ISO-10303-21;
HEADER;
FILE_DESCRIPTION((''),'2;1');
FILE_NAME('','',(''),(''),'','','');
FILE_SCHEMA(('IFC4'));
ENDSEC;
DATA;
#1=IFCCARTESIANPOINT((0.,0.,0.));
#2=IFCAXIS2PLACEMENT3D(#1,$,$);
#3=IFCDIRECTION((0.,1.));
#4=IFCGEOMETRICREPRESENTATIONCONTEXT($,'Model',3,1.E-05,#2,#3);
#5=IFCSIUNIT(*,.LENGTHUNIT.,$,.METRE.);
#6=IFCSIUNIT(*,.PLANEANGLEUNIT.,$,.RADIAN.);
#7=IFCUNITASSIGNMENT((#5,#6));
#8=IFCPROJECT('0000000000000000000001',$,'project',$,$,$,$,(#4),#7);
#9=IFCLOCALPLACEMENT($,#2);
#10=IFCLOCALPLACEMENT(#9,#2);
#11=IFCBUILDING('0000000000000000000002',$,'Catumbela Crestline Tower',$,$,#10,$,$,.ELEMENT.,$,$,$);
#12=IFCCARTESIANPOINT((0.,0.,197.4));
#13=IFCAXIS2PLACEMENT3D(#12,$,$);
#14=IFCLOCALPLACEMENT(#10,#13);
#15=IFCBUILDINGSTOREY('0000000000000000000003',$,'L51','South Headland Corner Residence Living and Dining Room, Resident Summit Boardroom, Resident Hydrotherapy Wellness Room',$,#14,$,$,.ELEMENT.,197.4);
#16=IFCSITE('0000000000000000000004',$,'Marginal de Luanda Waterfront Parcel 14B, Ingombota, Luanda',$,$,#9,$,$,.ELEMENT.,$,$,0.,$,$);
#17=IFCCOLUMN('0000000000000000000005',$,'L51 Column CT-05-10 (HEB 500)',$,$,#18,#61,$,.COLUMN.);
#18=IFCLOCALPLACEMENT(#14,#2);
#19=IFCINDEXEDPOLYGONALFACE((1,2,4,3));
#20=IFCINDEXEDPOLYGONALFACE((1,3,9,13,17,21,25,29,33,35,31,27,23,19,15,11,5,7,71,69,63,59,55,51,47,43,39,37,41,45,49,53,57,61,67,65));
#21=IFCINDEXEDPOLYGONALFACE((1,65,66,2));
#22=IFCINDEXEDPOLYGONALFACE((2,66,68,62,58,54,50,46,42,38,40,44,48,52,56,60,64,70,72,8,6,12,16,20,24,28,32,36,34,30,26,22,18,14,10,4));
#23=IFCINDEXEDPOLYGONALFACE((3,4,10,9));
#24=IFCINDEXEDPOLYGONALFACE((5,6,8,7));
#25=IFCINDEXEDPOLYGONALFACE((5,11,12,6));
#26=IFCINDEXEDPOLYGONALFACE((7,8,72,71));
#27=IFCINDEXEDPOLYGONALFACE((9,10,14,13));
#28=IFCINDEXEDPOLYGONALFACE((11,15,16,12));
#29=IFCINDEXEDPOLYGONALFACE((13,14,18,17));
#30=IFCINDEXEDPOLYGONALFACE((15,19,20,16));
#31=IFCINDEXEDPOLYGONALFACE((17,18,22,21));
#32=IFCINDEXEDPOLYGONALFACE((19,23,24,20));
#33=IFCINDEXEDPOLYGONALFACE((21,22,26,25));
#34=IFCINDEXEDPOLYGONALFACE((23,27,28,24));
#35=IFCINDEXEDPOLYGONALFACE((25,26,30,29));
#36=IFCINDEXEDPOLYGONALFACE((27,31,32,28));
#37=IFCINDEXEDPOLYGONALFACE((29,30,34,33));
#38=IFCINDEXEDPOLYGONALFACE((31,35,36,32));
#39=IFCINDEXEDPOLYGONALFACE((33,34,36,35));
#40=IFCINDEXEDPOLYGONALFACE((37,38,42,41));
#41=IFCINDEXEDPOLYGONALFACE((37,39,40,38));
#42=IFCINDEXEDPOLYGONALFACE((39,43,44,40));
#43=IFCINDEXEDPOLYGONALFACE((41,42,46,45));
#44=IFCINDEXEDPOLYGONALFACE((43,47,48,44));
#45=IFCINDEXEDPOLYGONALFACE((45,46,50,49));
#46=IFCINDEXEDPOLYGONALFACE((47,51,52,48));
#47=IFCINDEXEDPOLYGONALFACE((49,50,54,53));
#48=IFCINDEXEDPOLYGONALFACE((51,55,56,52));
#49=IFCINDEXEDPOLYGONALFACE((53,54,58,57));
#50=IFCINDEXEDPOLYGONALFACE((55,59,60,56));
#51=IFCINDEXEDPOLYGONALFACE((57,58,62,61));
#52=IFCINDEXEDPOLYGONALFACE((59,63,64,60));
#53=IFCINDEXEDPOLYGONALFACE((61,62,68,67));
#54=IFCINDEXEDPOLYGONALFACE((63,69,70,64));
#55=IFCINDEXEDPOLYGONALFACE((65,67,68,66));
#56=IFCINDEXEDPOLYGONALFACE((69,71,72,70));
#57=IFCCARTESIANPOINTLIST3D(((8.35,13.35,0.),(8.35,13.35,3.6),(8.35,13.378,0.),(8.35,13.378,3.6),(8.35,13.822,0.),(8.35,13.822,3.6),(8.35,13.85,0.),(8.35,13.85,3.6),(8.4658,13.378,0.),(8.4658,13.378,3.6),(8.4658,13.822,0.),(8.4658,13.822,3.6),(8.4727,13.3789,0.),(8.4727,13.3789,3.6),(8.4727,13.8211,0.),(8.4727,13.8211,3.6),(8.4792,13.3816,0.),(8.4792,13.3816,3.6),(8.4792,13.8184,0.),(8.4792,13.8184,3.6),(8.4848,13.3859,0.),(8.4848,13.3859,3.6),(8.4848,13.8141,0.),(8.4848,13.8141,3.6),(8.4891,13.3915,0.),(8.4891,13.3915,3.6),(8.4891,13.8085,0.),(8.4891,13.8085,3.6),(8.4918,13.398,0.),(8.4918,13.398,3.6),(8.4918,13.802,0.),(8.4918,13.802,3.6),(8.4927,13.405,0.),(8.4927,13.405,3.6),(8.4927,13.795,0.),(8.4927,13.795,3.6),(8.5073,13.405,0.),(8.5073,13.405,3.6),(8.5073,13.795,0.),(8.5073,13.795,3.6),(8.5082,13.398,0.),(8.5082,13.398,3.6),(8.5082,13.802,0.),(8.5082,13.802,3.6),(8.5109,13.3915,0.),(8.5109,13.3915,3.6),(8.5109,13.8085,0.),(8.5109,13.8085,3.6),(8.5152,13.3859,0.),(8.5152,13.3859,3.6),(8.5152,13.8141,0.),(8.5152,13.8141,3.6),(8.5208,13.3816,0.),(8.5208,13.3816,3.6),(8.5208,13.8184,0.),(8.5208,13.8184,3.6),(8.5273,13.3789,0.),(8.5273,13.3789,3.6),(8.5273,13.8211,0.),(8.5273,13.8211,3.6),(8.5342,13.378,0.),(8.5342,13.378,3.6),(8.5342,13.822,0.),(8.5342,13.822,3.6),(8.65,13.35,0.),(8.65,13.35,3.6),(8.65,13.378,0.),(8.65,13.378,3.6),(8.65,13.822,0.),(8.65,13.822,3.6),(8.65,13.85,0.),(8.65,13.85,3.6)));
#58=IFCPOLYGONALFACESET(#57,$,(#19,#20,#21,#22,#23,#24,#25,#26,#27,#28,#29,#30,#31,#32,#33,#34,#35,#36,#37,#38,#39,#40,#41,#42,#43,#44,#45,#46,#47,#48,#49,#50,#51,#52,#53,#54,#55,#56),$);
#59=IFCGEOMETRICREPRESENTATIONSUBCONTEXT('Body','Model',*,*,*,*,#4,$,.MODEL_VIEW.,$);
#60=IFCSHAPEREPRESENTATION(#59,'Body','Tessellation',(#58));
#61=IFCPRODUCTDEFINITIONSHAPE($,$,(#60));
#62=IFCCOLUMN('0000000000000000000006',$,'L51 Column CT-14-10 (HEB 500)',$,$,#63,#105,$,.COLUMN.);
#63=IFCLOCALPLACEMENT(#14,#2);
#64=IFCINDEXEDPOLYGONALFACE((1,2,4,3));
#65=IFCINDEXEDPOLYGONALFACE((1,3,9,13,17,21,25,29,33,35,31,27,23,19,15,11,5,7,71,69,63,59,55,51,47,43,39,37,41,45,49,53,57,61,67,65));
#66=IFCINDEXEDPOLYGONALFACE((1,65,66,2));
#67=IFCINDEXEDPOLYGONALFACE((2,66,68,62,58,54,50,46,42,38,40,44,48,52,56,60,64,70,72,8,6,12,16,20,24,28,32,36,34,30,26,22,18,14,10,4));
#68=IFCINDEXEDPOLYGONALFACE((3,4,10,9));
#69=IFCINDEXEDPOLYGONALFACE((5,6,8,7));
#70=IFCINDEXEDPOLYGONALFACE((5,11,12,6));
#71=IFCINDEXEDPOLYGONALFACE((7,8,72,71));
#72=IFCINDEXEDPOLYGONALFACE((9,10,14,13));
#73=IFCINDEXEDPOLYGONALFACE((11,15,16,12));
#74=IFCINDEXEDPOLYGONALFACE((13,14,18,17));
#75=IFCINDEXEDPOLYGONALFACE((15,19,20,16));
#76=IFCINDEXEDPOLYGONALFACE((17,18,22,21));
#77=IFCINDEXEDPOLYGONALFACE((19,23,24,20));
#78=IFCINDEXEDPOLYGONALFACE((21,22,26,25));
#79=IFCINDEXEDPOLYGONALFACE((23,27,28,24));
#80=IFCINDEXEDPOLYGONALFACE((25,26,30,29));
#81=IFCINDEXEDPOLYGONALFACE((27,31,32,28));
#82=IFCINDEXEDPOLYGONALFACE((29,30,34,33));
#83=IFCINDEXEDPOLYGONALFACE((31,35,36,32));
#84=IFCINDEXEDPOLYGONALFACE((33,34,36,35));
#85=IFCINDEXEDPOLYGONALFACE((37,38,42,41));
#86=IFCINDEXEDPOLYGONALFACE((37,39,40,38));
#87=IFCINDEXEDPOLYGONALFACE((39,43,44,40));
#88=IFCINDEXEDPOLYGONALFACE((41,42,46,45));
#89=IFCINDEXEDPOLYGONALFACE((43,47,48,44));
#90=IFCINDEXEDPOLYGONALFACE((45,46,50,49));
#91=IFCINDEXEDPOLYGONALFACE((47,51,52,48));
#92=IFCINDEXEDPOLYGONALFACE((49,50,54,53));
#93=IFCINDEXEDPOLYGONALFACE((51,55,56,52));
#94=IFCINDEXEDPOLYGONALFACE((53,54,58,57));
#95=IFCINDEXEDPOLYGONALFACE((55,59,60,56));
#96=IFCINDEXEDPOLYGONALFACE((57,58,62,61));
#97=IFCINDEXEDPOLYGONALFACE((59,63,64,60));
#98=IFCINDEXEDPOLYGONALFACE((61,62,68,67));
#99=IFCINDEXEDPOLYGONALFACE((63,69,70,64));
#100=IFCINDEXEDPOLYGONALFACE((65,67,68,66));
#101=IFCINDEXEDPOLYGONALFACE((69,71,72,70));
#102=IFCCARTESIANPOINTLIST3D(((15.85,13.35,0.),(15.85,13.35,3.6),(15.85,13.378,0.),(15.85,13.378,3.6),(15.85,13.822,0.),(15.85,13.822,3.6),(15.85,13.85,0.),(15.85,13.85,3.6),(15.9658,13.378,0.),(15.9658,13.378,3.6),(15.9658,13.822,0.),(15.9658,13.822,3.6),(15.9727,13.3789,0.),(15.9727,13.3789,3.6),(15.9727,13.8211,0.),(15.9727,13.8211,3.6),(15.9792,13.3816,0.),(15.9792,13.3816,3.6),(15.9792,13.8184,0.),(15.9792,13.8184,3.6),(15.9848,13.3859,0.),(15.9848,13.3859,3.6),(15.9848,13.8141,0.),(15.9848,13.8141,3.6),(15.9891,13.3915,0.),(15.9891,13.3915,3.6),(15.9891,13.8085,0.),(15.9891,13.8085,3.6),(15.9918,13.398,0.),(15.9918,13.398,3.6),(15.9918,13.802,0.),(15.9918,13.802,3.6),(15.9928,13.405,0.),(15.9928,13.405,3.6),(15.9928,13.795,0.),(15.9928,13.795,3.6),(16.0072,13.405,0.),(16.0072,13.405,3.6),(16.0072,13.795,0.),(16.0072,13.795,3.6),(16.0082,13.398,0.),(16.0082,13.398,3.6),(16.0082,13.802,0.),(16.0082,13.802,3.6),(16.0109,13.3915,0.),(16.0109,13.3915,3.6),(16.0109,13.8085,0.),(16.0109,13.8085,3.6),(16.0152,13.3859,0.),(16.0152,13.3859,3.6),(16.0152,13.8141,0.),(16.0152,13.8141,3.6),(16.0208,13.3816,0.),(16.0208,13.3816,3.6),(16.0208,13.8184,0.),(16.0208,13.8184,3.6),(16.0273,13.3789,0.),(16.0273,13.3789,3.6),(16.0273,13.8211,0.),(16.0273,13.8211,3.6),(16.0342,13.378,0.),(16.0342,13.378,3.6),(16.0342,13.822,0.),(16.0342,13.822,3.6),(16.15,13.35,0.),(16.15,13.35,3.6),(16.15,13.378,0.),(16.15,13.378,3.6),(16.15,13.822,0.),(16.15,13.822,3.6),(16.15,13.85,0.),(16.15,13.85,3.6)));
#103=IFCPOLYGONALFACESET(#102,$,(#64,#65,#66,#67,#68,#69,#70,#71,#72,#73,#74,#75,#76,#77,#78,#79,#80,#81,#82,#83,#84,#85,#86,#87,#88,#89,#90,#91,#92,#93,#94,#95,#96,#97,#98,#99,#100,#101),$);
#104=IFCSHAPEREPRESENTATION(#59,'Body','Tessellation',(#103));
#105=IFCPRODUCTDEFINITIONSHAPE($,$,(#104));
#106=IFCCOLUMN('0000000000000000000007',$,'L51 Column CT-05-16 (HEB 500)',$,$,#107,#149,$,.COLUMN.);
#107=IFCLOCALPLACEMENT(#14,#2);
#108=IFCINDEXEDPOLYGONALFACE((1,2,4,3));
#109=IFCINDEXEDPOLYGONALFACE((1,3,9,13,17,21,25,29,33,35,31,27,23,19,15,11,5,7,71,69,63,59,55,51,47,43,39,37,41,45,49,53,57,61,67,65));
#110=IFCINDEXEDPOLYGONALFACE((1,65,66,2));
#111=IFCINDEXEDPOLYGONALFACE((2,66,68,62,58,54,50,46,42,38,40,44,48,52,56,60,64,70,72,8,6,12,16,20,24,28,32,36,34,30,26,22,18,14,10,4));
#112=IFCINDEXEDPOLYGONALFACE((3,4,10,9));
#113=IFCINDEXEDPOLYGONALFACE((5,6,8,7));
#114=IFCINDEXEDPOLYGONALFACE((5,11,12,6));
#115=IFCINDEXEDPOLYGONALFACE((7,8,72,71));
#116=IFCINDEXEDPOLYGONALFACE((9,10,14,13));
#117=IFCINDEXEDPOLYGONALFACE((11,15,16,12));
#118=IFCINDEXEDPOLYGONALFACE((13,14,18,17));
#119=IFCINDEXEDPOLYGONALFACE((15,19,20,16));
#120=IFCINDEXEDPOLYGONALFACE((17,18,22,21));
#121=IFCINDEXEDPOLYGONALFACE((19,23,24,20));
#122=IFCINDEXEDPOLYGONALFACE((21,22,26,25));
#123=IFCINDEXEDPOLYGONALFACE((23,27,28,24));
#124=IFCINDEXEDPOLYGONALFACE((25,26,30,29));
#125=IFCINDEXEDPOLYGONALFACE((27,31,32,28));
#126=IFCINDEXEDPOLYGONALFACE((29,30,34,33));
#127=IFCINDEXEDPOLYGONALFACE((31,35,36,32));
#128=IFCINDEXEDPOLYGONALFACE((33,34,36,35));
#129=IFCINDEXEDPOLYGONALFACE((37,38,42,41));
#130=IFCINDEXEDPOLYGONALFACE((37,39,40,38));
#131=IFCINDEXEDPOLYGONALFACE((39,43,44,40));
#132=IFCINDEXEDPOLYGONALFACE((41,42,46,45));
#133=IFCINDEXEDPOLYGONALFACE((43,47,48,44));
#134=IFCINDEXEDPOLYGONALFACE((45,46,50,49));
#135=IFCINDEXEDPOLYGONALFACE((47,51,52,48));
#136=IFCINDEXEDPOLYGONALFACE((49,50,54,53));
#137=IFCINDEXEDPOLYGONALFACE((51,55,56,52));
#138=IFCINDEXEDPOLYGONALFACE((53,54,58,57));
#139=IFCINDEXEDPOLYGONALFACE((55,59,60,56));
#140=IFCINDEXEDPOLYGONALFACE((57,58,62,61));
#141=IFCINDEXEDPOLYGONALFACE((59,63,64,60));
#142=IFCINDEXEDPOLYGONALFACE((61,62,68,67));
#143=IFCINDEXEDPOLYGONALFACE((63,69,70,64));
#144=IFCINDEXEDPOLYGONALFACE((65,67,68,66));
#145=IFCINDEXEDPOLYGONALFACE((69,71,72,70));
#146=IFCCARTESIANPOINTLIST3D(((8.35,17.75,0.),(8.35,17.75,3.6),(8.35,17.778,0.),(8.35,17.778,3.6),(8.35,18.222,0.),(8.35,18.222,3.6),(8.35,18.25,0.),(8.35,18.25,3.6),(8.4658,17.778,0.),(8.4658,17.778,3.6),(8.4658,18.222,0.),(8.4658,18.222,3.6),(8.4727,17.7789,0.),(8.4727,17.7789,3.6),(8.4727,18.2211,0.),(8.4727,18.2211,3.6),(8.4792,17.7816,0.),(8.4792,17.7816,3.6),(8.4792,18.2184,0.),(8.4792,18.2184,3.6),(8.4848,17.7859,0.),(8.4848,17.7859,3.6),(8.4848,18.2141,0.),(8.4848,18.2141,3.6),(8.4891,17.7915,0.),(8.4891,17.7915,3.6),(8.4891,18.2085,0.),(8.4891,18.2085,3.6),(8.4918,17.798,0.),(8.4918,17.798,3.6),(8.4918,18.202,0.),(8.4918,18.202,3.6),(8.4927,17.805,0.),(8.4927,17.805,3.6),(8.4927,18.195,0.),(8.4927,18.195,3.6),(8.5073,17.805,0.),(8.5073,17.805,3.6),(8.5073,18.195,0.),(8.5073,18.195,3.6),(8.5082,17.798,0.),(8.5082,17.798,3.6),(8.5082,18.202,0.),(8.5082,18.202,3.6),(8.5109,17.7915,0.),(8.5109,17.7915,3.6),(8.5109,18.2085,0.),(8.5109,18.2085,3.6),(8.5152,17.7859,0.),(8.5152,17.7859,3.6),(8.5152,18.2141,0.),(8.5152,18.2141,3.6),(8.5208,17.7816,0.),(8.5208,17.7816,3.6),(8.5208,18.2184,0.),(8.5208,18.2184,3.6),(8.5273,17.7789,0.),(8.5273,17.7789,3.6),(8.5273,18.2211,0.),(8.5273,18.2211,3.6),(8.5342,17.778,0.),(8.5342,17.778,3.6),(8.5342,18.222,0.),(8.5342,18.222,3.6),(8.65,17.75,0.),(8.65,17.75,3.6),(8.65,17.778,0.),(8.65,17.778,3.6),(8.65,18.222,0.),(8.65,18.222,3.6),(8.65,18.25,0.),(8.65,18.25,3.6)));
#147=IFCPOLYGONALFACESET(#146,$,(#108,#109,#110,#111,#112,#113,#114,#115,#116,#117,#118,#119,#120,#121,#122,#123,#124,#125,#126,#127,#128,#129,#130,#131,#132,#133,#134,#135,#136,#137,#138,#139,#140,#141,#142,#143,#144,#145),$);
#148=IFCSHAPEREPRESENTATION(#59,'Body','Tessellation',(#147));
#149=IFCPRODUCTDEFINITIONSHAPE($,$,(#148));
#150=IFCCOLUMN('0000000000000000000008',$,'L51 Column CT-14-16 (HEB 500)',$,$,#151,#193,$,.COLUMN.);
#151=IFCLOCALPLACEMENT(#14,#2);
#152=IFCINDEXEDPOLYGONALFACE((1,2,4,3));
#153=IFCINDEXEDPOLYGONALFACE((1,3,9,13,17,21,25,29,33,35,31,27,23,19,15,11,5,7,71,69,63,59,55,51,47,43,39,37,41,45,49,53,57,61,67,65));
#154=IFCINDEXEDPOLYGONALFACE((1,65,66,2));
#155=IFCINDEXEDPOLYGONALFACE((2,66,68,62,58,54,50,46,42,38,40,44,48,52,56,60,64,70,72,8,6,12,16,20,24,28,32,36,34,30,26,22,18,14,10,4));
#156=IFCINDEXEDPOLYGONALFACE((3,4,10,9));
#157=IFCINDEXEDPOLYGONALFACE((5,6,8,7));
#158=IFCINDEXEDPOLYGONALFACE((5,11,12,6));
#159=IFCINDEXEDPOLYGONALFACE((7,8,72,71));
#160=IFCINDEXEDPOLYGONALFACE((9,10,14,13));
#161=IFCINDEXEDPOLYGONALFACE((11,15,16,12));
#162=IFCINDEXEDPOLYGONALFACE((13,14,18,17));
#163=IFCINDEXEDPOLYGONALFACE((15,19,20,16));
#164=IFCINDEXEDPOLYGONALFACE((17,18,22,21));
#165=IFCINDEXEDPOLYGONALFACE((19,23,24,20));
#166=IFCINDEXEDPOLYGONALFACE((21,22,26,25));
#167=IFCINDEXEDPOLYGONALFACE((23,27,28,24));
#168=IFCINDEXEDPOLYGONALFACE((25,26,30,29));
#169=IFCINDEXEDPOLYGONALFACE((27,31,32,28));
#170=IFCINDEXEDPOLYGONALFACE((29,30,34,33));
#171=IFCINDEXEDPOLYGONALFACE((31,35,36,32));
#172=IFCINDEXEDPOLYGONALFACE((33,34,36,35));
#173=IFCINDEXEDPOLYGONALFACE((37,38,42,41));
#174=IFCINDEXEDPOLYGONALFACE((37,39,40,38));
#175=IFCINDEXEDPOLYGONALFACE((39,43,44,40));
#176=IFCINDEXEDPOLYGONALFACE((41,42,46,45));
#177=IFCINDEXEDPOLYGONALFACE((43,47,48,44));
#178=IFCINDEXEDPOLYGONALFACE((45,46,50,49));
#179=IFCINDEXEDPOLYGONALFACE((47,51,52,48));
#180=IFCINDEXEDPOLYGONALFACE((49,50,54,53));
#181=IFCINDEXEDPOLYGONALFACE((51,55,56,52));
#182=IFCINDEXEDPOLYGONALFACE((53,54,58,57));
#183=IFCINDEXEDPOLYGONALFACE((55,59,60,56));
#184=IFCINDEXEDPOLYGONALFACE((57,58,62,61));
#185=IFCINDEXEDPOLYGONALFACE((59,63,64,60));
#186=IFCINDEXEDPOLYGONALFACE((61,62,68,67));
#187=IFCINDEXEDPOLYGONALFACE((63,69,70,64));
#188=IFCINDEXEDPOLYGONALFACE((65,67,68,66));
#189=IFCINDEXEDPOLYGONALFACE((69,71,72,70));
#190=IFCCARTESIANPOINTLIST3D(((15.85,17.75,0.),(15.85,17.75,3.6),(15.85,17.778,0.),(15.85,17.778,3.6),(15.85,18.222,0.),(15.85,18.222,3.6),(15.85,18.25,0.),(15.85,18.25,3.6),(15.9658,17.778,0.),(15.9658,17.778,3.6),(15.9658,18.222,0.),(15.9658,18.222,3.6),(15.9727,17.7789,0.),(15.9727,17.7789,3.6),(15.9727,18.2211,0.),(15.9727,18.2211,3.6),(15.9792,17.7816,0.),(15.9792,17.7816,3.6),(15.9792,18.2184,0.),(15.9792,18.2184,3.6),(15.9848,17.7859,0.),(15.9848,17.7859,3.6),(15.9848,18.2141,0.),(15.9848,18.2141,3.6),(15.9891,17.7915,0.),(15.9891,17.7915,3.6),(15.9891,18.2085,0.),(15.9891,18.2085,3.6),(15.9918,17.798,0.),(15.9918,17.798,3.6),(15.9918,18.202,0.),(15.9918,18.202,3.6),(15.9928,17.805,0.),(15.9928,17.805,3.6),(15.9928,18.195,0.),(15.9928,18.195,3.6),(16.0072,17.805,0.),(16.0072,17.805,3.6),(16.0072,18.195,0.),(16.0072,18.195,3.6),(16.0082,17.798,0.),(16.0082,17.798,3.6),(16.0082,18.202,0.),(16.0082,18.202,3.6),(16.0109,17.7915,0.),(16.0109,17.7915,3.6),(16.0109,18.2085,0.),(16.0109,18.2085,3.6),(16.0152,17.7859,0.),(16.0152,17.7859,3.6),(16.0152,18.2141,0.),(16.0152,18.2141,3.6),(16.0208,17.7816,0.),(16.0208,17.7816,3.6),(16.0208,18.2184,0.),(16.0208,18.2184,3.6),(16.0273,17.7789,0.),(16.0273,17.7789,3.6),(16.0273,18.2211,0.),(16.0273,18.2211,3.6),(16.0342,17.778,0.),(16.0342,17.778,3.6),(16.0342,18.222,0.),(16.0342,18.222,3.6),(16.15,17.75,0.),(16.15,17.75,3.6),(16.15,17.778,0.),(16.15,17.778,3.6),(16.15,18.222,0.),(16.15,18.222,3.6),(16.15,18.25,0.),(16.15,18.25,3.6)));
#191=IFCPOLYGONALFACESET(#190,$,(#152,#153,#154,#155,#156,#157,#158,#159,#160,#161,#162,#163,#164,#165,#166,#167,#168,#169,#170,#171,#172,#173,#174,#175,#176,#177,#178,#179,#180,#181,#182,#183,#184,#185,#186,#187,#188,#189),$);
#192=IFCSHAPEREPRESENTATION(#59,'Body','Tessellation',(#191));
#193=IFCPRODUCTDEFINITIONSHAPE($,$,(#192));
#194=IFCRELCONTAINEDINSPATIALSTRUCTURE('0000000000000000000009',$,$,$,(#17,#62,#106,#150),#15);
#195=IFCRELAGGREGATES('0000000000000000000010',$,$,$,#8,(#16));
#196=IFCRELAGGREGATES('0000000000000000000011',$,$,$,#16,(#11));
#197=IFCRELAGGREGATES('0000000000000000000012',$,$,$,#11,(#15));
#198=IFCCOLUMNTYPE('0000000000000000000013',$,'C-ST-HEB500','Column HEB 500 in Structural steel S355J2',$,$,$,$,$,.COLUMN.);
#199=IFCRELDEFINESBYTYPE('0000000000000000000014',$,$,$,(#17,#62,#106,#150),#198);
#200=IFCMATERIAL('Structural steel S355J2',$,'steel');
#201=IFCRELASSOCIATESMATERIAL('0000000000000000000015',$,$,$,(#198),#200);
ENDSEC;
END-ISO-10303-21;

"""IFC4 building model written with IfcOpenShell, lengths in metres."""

from ifc_helpers import new_model, si_unit, direction, frame, origin, origin_2d, place, context, subcontext, project, spatial, i_section, extrude, material, material_profile, profile_set, type_object, element, save


model = new_model("IFC4")

# Units and contexts
model_context = context("Model", 3, precision=1e-05, world=origin(), true_north=direction((0.0, 1.0)))
body_context = subcontext(model_context, "Body", "Model", "MODEL_VIEW")
ifc_project = project(units=[si_unit("LENGTHUNIT", "METRE"), si_unit("PLANEANGLEUNIT", "RADIAN")], contexts=[model_context])

# Site, building, storey
site_placement = place(None, origin())
site = spatial("IfcSite", under=ifc_project, at=site_placement, Name="Marginal de Luanda Waterfront Parcel 14B, Ingombota, Luanda", CompositionType="ELEMENT", RefElevation=0.0)
building_placement = place(site_placement, origin())
building = spatial("IfcBuilding", under=site, at=building_placement, Name="Catumbela Crestline Tower", CompositionType="ELEMENT")
storey_placement = place(building_placement, frame((0.0, 0.0, 197.4)))
storey = spatial("IfcBuildingStorey", under=building, at=storey_placement, Name="L51", Description="South Headland Corner Residence Living and Dining Room, Resident Summit Boardroom, Resident Hydrotherapy Wellness Room", CompositionType="ELEMENT", Elevation=197.4)

# Columns
ifc_material_1 = material(Name="Structural steel S355J2", Category="steel")
ifc_material_profile_1 = material_profile(ifc_material_1, i_section(OverallWidth=0.3, OverallDepth=0.5, WebThickness=0.0145, FlangeThickness=0.028, FilletRadius=0.027, at=origin_2d()), Name="HEB 500")
ifc_profile_set_1 = profile_set([ifc_material_profile_1], Name="Structural steel S355J2")
column_type = type_object("IfcColumnType", Name="C-ST-HEB500", Description="Column HEB 500 in Structural steel S355J2", PredefinedType="COLUMN", material=ifc_profile_set_1)
for number, where, z_axis, x_axis, name in (
    (1, (8.5, 13.6, 0.0), (0.0, 0.0, 1.0), (1.0, 0.0, 0.0), "L51 Column CT-05-10 (HEB 500)"),
    (2, (16.0, 13.6, 0.0), (0.0, 0.0, 1.0), (1.0, 0.0, 0.0), "L51 Column CT-14-10 (HEB 500)"),
    (3, (8.5, 18.0, 0.0), (0.0, 0.0, 1.0), (1.0, 0.0, 0.0), "L51 Column CT-05-16 (HEB 500)"),
    (4, (16.0, 18.0, 0.0), (0.0, 0.0, 1.0), (1.0, 0.0, 0.0), "L51 Column CT-14-16 (HEB 500)"),
):
    element("IfcColumn", number, at=place(storey_placement, frame(where, z_axis=z_axis, x_axis=x_axis)), inside=storey, type_object=column_type, Name=name, PredefinedType="COLUMN", context=body_context, shape_type="SweptSolid", body=[
        extrude(i_section(OverallWidth=0.3, OverallDepth=0.5, WebThickness=0.0145, FlangeThickness=0.028, FilletRadius=0.027, at=origin_2d()), origin(), (0.0, 0.0, 1.0), 3.6),
    ])

save(model, "model.ifc")
